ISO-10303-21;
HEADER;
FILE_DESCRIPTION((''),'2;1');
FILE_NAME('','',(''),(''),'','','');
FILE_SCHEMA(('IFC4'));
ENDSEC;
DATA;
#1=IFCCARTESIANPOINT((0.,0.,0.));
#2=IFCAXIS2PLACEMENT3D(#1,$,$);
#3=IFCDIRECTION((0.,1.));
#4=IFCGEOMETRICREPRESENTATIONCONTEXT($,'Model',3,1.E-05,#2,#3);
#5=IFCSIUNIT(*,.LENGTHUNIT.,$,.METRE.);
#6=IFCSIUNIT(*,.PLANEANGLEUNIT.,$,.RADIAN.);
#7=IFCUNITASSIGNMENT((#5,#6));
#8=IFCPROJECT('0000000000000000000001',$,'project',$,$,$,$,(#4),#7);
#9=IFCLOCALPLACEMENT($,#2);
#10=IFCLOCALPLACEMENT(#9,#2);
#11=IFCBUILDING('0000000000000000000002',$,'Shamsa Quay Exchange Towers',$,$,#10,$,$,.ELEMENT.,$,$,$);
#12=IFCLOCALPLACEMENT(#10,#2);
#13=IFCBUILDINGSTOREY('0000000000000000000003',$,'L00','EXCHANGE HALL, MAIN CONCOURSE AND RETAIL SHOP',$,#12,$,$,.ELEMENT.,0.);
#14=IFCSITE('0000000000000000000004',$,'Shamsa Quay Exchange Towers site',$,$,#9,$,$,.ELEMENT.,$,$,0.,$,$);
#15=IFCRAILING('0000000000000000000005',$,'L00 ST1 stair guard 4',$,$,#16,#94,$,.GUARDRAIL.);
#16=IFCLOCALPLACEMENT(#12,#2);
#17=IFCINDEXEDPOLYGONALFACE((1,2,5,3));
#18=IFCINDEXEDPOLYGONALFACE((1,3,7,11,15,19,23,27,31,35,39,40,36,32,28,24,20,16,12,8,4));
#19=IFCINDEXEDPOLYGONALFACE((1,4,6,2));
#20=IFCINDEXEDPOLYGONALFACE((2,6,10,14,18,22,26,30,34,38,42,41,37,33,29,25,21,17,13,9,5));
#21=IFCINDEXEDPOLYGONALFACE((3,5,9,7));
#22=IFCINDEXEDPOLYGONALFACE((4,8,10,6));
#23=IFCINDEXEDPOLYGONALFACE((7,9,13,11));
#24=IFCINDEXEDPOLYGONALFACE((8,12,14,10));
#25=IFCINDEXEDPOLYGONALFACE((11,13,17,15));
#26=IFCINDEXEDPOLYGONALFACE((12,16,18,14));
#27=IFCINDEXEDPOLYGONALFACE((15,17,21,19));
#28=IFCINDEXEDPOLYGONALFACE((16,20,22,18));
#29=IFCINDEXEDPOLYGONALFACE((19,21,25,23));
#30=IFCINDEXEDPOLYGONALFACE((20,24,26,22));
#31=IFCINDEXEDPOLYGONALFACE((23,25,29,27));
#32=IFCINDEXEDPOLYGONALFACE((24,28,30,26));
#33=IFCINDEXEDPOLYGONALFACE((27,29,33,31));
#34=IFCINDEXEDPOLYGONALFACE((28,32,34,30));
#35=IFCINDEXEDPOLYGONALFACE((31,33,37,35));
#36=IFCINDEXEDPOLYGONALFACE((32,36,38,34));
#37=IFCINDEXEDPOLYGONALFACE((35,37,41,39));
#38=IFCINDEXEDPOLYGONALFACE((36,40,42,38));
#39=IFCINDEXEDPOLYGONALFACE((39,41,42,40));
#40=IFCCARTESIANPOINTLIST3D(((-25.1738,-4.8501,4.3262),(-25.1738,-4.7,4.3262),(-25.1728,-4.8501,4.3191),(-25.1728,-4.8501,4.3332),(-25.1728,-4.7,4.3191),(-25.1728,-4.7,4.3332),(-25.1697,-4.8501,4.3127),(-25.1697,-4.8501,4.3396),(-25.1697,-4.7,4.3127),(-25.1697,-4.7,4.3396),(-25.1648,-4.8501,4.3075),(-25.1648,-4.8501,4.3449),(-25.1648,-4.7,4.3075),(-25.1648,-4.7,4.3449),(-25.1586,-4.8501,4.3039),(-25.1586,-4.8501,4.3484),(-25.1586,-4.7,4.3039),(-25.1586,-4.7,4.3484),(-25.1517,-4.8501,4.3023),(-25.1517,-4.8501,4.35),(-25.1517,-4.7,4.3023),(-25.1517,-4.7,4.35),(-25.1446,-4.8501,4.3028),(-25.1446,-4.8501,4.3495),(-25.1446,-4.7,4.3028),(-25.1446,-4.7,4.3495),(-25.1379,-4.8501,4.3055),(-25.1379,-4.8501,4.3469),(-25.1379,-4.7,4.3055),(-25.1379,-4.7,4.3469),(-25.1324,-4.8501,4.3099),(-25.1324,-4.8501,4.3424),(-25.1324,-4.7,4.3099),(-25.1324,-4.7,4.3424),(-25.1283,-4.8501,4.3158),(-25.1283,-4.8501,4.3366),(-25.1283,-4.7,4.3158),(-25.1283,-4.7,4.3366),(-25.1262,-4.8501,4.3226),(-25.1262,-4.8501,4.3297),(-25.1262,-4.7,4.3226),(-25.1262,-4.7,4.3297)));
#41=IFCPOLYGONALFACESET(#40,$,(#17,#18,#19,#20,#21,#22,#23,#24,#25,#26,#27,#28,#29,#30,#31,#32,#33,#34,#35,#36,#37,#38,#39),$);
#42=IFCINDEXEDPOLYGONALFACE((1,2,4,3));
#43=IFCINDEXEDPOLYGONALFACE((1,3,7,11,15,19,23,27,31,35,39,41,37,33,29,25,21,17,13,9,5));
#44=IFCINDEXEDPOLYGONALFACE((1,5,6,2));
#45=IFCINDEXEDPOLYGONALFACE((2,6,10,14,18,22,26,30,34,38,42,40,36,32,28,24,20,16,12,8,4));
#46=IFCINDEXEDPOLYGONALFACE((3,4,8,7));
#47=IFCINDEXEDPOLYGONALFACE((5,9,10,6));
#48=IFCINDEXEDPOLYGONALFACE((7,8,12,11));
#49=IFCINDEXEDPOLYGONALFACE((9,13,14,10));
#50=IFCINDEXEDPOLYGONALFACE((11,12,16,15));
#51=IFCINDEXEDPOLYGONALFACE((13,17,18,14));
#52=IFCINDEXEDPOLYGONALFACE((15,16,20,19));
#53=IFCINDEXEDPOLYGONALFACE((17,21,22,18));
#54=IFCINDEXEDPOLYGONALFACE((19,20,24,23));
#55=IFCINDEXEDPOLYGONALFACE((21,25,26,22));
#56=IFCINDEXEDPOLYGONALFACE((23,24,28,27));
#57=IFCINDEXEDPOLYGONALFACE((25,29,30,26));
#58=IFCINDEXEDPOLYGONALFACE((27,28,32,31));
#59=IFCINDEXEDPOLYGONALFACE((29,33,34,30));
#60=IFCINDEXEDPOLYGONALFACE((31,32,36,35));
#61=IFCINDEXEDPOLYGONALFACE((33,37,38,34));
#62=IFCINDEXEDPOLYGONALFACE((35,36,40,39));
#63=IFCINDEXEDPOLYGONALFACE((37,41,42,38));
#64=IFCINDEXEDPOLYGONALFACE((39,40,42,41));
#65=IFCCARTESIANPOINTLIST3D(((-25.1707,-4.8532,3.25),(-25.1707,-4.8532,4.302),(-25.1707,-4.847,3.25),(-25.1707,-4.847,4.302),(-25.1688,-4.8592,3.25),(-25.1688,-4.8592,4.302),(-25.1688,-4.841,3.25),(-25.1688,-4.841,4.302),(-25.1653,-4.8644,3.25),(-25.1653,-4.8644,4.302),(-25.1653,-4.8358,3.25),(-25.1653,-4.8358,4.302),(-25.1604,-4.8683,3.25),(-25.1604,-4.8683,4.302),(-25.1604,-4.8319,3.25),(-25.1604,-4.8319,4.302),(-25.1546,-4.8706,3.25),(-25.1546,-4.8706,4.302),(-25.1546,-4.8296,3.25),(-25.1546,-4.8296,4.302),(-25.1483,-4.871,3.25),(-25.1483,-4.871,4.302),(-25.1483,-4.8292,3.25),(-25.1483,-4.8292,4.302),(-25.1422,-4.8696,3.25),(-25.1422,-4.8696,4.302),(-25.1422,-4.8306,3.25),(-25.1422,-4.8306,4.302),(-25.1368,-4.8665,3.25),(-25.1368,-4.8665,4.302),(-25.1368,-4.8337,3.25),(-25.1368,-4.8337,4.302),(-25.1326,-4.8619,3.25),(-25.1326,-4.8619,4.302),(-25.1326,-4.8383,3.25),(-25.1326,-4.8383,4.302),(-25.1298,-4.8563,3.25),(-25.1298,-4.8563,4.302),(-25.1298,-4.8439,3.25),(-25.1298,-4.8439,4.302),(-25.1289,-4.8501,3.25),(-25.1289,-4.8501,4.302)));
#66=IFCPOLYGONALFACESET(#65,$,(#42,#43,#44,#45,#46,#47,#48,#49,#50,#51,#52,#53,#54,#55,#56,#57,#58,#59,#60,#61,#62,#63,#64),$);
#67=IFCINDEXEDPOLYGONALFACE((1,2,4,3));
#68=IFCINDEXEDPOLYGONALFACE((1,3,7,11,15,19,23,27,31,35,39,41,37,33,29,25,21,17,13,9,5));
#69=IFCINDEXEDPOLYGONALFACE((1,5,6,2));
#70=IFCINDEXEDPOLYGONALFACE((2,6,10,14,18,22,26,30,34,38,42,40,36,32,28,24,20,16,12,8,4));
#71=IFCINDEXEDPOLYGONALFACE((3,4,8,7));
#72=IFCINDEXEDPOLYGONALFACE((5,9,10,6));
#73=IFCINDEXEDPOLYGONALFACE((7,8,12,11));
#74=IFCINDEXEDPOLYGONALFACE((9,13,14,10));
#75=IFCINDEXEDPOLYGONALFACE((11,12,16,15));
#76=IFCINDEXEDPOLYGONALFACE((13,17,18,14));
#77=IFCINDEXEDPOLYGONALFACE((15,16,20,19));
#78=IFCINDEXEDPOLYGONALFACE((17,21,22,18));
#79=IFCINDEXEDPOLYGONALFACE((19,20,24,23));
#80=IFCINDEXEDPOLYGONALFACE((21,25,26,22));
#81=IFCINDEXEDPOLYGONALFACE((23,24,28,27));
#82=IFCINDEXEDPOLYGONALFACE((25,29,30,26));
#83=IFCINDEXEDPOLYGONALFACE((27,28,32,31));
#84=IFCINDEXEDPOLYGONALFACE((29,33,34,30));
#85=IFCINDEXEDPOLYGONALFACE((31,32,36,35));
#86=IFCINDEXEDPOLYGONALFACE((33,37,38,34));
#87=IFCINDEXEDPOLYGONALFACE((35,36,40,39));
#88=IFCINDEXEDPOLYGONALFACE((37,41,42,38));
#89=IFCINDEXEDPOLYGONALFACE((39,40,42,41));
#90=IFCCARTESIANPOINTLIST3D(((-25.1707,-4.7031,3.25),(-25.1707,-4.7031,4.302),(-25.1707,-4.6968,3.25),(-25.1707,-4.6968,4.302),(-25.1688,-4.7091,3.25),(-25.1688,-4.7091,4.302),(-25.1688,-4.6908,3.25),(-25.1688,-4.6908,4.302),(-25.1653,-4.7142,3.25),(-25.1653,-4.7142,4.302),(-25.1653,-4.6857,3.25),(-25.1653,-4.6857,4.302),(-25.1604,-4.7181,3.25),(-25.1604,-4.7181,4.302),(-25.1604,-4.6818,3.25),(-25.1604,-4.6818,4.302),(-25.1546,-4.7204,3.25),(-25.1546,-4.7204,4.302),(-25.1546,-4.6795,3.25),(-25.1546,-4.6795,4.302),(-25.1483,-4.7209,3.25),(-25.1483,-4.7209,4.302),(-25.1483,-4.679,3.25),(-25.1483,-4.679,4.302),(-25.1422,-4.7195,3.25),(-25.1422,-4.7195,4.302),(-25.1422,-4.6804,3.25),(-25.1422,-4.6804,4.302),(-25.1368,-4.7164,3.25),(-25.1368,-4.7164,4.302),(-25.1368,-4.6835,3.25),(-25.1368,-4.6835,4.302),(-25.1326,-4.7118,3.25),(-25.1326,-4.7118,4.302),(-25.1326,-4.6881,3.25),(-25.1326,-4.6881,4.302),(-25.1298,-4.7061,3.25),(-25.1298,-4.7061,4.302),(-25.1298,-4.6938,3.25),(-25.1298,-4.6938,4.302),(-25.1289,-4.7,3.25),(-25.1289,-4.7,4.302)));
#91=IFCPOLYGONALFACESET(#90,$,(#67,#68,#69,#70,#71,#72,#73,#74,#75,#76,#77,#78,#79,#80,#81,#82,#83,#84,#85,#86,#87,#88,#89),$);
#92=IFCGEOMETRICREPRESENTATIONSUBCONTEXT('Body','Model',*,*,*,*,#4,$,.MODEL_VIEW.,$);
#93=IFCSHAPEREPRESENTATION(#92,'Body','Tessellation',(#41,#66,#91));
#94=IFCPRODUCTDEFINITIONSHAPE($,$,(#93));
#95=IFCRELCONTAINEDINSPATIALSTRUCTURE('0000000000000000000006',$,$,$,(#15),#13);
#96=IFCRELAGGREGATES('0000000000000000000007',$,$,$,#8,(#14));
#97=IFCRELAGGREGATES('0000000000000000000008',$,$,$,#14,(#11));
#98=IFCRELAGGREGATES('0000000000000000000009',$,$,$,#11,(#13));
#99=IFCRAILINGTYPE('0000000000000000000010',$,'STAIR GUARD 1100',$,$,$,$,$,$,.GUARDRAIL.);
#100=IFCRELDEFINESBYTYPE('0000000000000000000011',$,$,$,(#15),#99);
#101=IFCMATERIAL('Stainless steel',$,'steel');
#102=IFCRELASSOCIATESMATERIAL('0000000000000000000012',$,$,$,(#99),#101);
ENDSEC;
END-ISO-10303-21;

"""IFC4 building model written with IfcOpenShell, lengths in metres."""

from ifc_helpers import new_model, si_unit, direction, frame, origin, origin_2d, place, context, subcontext, project, spatial, circle, extrude, material, type_object, element, save


model = new_model("IFC4")

# Units and contexts
model_context = context("Model", 3, precision=1e-05, world=origin(), true_north=direction((0.0, 1.0)))
body_context = subcontext(model_context, "Body", "Model", "MODEL_VIEW")
ifc_project = project(units=[si_unit("LENGTHUNIT", "METRE"), si_unit("PLANEANGLEUNIT", "RADIAN")], contexts=[model_context])

# Site, building, storey
site_placement = place(None, origin())
site = spatial("IfcSite", under=ifc_project, at=site_placement, Name="Shamsa Quay Exchange Towers site", CompositionType="ELEMENT", RefElevation=0.0)
building_placement = place(site_placement, origin())
building = spatial("IfcBuilding", under=site, at=building_placement, Name="Shamsa Quay Exchange Towers", CompositionType="ELEMENT")
storey_placement = place(building_placement, origin())
storey = spatial("IfcBuildingStorey", under=building, at=storey_placement, Name="L00", Description="EXCHANGE HALL, MAIN CONCOURSE AND RETAIL SHOP", CompositionType="ELEMENT", Elevation=0.0)

# Railing
ifc_material_1 = material(Name="Stainless steel", Category="steel")
railing_type_1 = type_object("IfcRailingType", Name="STAIR GUARD 1100", PredefinedType="GUARDRAIL", material=ifc_material_1)
railing_1_placement = place(storey_placement, frame((-25.1499, -4.8501, 3.25)))
element("IfcRailing", 1, at=railing_1_placement, inside=storey, type_object=railing_type_1, Name="L00 ST1 stair guard 4", PredefinedType="GUARDRAIL", context=body_context, shape_type="SweptSolid", body=[
    extrude(circle(Radius=0.0239, at=origin_2d()), frame((0.0, 0.0, 1.0762), z_axis=(0.0, 1.0, 0.0), x_axis=(-1.0, 0.0, 0.0)), (0.0, 0.0, 1.0), 0.1501),
    extrude(circle(Radius=0.021, at=origin_2d()), origin(), (0.0, 0.0, 1.0), 1.052),
    extrude(circle(Radius=0.021, at=origin_2d()), frame((0.0, 0.1501, 0.0)), (0.0, 0.0, 1.0), 1.052),
])

save(model, "model.ifc")
